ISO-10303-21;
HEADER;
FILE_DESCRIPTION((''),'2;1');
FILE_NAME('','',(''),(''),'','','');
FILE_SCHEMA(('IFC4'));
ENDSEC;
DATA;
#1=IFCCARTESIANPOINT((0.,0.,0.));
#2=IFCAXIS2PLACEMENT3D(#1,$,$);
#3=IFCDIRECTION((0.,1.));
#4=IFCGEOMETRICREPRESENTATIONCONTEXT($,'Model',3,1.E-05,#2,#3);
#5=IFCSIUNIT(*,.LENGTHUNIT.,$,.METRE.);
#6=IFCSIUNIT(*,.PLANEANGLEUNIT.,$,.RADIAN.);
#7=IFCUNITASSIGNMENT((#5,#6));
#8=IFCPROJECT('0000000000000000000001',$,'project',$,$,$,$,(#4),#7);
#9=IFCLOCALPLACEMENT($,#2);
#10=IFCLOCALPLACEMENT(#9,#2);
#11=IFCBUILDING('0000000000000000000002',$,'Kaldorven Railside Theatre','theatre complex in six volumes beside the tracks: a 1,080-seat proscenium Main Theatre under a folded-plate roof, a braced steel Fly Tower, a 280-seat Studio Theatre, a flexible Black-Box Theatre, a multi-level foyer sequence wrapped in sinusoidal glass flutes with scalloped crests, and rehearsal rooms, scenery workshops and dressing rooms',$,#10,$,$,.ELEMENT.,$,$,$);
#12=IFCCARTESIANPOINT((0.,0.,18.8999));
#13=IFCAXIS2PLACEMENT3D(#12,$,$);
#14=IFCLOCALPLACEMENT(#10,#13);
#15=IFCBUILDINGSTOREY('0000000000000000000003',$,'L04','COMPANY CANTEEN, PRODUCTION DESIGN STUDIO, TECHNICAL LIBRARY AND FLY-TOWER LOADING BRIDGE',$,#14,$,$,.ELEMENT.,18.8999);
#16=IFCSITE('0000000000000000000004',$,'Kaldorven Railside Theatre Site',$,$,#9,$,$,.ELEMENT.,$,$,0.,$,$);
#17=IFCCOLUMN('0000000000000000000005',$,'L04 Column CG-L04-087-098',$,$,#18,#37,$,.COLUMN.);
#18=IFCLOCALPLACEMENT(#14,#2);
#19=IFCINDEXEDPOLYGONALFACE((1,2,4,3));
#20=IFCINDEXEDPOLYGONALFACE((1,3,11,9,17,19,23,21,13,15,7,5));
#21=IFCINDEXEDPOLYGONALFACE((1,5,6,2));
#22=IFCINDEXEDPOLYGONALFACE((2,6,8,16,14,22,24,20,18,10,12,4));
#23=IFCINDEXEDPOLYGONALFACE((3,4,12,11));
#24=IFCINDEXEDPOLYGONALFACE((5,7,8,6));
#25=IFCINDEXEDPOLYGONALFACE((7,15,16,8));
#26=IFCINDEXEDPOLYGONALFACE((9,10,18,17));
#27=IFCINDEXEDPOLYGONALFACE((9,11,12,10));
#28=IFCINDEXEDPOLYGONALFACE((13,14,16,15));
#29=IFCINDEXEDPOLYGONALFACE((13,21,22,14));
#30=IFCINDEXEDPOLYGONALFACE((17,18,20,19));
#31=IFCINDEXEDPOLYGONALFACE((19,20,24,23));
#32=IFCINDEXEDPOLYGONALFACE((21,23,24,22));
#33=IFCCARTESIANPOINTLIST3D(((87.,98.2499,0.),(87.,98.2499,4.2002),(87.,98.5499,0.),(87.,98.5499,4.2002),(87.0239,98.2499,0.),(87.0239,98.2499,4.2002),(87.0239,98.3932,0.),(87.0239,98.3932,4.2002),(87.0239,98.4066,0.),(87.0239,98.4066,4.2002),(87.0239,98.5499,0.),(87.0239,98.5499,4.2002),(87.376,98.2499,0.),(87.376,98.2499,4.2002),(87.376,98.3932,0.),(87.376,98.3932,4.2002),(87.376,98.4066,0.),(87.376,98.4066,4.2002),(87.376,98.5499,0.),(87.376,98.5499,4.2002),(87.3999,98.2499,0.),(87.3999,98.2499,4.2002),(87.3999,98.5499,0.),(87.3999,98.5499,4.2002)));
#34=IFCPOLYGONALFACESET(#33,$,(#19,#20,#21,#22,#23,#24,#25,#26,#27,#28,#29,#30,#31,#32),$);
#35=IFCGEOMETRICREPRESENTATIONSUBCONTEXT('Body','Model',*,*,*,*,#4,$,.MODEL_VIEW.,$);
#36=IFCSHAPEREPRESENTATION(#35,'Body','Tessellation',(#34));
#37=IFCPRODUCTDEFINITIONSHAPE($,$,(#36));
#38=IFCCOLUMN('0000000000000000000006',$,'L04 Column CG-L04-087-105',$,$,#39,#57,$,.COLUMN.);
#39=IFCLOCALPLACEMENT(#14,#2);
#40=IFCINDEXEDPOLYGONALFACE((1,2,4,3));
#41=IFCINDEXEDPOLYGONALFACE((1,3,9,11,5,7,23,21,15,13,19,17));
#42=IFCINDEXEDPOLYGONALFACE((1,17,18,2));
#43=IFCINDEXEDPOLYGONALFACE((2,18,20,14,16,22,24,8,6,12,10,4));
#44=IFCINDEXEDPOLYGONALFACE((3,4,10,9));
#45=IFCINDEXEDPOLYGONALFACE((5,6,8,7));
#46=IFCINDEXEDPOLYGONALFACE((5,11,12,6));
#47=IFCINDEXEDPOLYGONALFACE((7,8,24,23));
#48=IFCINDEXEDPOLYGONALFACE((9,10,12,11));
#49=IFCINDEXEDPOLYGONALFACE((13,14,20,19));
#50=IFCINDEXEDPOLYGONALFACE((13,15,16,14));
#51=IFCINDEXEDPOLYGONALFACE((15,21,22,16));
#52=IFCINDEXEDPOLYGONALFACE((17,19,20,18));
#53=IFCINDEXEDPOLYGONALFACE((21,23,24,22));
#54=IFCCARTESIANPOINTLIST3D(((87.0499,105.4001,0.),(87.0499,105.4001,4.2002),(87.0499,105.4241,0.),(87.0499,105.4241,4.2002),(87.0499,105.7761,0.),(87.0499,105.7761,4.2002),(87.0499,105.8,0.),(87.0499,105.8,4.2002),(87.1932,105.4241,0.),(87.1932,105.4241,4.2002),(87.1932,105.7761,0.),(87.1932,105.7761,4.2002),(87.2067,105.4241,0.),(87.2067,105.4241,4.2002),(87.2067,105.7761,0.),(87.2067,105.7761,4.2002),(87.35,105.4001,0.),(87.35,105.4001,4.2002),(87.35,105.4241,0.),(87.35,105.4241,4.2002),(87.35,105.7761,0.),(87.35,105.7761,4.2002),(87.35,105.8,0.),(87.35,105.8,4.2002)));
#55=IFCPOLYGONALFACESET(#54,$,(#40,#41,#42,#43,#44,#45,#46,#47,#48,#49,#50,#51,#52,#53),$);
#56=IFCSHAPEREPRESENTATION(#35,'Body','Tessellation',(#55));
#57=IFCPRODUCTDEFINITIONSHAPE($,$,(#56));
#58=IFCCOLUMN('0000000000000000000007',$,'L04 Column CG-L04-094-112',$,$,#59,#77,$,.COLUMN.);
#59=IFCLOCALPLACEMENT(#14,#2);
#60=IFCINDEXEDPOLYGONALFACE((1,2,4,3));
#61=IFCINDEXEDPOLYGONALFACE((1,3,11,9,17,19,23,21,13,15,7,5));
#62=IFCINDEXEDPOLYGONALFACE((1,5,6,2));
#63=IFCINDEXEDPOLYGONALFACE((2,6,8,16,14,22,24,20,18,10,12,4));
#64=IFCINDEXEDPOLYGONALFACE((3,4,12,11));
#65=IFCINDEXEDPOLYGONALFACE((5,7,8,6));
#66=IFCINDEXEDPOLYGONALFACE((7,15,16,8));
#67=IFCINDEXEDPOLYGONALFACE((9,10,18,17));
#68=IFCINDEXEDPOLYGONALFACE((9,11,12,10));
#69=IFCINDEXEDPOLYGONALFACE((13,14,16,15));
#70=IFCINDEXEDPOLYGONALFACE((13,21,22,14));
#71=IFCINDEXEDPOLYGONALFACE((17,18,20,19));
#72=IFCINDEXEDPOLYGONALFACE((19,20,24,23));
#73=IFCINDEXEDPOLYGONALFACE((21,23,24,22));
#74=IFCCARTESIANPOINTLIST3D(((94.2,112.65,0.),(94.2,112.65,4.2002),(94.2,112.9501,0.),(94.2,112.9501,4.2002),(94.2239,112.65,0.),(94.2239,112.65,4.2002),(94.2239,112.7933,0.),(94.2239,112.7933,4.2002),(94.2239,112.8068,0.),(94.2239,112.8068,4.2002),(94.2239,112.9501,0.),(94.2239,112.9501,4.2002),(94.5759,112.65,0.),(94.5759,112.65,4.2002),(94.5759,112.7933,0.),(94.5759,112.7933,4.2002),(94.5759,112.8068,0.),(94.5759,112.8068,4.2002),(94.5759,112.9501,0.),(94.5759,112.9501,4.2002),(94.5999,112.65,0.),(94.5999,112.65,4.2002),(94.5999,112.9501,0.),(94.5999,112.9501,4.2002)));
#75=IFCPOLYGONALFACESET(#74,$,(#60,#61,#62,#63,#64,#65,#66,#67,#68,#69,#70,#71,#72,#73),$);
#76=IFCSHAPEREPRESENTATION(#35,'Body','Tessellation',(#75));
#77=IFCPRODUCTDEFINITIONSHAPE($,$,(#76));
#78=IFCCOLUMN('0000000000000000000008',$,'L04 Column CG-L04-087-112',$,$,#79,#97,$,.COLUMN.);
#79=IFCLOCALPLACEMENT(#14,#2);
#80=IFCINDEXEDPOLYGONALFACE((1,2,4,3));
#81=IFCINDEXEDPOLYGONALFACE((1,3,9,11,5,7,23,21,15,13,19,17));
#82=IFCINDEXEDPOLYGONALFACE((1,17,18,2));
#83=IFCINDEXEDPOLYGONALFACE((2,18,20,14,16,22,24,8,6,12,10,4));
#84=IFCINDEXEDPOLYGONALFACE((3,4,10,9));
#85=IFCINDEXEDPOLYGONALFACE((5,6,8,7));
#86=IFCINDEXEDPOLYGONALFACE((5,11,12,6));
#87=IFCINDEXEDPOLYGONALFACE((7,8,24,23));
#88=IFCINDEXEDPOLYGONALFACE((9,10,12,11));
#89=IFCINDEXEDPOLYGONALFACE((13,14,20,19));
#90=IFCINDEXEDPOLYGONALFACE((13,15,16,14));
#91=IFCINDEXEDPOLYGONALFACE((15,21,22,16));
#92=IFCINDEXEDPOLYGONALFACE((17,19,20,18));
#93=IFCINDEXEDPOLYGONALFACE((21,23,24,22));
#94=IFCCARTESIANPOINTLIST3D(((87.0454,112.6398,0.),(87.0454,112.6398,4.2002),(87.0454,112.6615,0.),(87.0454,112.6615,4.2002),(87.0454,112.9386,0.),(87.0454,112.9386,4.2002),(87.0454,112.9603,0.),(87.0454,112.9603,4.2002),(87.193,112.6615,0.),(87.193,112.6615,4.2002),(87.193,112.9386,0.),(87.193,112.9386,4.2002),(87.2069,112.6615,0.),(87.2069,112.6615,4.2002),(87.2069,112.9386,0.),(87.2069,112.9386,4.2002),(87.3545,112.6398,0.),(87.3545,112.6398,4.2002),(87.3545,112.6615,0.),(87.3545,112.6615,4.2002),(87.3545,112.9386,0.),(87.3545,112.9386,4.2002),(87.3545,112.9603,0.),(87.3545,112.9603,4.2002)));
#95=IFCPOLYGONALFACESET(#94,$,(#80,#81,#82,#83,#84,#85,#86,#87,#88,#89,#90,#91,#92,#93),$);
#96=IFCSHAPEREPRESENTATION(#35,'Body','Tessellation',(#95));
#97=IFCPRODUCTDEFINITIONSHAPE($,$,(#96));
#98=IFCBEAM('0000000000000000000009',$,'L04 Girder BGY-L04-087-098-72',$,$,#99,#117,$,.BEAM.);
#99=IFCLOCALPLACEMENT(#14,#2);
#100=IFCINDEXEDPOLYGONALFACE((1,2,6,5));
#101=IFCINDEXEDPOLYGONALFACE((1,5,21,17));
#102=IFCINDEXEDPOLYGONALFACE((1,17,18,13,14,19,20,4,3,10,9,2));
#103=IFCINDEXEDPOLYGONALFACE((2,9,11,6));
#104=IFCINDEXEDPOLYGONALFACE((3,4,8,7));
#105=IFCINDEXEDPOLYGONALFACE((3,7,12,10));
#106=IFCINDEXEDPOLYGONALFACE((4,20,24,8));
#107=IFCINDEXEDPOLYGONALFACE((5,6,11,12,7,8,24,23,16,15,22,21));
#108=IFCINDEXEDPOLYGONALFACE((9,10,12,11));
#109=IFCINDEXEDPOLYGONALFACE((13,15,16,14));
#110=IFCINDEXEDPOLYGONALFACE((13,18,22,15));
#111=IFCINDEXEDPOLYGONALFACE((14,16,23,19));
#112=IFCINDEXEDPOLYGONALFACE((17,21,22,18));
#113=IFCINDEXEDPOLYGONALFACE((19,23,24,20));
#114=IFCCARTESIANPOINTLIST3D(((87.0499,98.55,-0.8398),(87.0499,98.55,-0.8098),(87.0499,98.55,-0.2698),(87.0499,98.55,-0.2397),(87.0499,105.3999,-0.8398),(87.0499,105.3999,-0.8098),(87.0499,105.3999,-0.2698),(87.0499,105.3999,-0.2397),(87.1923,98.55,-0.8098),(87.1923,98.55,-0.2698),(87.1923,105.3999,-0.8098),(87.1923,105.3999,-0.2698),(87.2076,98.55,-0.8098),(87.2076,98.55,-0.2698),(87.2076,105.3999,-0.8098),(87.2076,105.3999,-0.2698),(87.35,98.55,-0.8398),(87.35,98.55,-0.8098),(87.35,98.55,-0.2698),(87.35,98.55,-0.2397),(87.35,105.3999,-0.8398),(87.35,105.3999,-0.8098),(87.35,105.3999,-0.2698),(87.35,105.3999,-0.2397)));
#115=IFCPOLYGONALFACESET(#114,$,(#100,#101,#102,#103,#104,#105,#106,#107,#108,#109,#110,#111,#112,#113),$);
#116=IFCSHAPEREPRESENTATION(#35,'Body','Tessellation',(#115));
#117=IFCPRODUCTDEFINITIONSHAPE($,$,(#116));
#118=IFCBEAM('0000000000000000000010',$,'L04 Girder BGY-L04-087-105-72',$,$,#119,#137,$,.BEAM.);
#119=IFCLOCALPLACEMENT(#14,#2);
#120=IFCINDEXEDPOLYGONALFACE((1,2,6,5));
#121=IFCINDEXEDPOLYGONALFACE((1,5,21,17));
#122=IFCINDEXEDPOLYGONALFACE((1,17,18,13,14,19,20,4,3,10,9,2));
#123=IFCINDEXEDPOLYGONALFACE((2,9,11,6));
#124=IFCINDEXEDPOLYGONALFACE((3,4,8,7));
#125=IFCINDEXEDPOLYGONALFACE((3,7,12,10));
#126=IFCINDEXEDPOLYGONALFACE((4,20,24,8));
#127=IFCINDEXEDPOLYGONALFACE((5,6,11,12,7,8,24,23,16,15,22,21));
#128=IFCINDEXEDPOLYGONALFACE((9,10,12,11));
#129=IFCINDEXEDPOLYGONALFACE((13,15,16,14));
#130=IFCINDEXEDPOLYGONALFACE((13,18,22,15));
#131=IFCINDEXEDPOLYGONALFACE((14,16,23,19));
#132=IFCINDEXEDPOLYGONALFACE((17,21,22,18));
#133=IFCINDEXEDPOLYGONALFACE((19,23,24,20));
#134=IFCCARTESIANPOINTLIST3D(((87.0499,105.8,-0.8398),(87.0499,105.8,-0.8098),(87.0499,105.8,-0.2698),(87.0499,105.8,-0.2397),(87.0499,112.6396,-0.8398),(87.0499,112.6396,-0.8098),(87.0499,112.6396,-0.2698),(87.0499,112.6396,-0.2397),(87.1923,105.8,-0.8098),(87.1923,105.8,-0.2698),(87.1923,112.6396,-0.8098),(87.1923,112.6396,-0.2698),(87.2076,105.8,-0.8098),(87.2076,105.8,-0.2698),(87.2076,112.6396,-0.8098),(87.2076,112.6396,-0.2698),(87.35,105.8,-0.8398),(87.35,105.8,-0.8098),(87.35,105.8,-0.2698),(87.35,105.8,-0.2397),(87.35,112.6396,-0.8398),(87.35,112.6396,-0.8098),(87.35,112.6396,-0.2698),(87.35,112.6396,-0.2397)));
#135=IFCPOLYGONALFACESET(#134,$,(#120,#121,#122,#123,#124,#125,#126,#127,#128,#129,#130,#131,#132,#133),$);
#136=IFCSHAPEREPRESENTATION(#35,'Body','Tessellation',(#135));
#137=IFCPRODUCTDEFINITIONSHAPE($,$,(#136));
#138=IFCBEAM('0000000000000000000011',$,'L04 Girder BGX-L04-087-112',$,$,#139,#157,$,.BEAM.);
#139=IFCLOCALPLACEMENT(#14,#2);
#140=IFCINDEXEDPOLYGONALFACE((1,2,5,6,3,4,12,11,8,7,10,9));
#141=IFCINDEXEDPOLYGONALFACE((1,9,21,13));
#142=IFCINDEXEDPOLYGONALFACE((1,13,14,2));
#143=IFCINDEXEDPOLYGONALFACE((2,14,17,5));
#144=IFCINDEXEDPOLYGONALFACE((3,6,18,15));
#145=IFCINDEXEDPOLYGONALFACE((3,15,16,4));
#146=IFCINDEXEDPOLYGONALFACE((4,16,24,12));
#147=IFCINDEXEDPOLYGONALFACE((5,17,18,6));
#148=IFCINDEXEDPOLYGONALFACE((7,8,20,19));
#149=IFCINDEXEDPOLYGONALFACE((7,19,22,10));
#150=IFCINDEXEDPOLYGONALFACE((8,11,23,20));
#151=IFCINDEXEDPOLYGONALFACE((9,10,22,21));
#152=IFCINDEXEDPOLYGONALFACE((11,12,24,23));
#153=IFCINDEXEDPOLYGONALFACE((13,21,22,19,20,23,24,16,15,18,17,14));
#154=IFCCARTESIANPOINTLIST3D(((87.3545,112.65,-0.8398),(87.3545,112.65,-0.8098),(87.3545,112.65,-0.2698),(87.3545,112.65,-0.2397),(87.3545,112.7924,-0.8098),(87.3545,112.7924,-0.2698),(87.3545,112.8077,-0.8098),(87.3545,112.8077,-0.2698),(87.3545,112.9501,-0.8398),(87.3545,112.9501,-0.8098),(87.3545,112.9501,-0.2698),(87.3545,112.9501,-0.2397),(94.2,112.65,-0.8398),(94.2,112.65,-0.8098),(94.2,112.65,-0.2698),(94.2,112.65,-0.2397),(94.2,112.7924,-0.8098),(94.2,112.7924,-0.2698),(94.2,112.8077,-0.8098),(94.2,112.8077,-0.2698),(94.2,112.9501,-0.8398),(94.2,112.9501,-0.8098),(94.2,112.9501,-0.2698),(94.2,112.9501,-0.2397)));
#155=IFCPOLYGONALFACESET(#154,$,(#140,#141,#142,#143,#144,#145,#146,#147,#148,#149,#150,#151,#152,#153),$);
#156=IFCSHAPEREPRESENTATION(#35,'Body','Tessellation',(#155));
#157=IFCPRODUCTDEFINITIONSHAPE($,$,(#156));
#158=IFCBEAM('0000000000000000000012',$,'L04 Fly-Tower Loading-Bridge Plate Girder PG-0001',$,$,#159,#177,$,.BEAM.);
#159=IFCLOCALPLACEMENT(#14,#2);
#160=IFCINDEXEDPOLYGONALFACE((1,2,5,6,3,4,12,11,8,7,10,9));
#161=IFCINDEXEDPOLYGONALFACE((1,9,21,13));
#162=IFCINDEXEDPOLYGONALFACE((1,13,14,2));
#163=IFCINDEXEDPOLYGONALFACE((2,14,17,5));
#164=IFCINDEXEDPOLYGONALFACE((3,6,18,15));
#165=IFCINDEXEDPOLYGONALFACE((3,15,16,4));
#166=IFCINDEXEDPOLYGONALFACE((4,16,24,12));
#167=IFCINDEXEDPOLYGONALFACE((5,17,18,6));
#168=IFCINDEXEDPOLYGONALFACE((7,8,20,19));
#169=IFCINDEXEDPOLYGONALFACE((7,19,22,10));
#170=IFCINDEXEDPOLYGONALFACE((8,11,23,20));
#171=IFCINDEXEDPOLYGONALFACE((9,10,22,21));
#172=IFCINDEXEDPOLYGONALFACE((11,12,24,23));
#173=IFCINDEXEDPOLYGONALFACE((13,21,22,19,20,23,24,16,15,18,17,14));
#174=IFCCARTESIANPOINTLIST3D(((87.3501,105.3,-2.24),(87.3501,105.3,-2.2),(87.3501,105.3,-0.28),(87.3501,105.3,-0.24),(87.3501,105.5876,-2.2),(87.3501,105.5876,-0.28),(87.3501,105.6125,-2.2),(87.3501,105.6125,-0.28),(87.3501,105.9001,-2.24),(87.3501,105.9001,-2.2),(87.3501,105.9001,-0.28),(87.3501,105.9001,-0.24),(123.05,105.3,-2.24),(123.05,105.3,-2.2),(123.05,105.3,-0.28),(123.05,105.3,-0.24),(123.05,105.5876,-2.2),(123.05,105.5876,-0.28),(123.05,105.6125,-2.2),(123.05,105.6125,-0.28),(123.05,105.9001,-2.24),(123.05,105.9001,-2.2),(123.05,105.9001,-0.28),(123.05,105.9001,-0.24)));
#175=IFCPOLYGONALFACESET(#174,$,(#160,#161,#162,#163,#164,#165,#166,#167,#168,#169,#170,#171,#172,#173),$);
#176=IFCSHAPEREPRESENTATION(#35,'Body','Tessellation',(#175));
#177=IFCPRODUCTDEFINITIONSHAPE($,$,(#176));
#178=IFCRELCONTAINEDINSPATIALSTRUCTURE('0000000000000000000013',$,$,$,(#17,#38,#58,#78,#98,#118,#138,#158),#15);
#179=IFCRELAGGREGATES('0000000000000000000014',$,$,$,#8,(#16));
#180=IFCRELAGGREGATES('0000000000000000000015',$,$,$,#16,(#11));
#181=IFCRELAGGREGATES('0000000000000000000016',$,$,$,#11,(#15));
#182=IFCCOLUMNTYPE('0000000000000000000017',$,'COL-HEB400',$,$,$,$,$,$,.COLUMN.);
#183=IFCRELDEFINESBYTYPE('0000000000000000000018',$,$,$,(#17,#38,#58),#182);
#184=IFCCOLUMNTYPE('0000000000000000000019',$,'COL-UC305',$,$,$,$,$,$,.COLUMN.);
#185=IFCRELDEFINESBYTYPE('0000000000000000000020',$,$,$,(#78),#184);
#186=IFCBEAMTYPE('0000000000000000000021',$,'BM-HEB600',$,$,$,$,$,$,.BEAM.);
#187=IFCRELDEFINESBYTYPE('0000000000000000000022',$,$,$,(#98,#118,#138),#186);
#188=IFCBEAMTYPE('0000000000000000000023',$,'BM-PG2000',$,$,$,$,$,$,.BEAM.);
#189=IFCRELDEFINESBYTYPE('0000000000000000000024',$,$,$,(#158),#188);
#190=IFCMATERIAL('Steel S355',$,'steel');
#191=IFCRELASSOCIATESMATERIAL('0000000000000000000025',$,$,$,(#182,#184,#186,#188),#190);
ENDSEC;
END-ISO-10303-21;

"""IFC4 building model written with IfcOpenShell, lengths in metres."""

from ifc_helpers import new_model, si_unit, direction, frame, origin, origin_2d, place, context, subcontext, project, spatial, i_section, extrude, material, material_profile, profile_set, type_object, element, save


model = new_model("IFC4")

# Units and contexts
model_context = context("Model", 3, precision=1e-05, world=origin(), true_north=direction((0.0, 1.0)))
body_context = subcontext(model_context, "Body", "Model", "MODEL_VIEW")
ifc_project = project(units=[si_unit("LENGTHUNIT", "METRE"), si_unit("PLANEANGLEUNIT", "RADIAN")], contexts=[model_context])

# Site, building, storey
site_placement = place(None, origin())
site = spatial("IfcSite", under=ifc_project, at=site_placement, Name="Kaldorven Railside Theatre Site", CompositionType="ELEMENT", RefElevation=0.0)
building_placement = place(site_placement, origin())
building = spatial("IfcBuilding", under=site, at=building_placement, Name="Kaldorven Railside Theatre", Description="theatre complex in six volumes beside the tracks: a 1,080-seat proscenium Main Theatre under a folded-plate roof, a braced steel Fly Tower, a 280-seat Studio Theatre, a flexible Black-Box Theatre, a multi-level foyer sequence wrapped in sinusoidal glass flutes with scalloped crests, and rehearsal rooms, scenery workshops and dressing rooms", CompositionType="ELEMENT")
storey_placement = place(building_placement, frame((0.0, 0.0, 18.8999)))
storey = spatial("IfcBuildingStorey", under=building, at=storey_placement, Name="L04", Description="COMPANY CANTEEN, PRODUCTION DESIGN STUDIO, TECHNICAL LIBRARY AND FLY-TOWER LOADING BRIDGE", CompositionType="ELEMENT", Elevation=18.8999)

# Columns
ifc_material_1 = material(Name="Steel S355", Category="steel")
ifc_material_profile_1 = material_profile(ifc_material_1, i_section(OverallWidth=0.3, OverallDepth=0.3999, WebThickness=0.0134, FlangeThickness=0.0239, at=origin_2d()), Name="HEB 400")
ifc_profile_set_1 = profile_set([ifc_material_profile_1], Name="Steel S355")
column_type_1 = type_object("IfcColumnType", Name="COL-HEB400", PredefinedType="COLUMN", material=ifc_profile_set_1)
for number, where, z_axis, x_axis, name in (
    (1, (87.2, 98.3999, 0.0), (0.0, 0.0, 1.0), (0.0, 1.0, 0.0), "L04 Column CG-L04-087-098"),
    (2, (87.2, 105.6001, 0.0), (0.0, 0.0, 1.0), (1.0, 0.0, 0.0), "L04 Column CG-L04-087-105"),
    (3, (94.3999, 112.8, 0.0), (0.0, 0.0, 1.0), (0.0, 1.0, 0.0), "L04 Column CG-L04-094-112"),
):
    element("IfcColumn", number, at=place(storey_placement, frame(where, z_axis=z_axis, x_axis=x_axis)), inside=storey, type_object=column_type_1, Name=name, PredefinedType="COLUMN", context=body_context, shape_type="SweptSolid", body=[
        extrude(i_section(OverallWidth=0.3, OverallDepth=0.3999, WebThickness=0.0134, FlangeThickness=0.0239, at=origin_2d()), origin(), (0.0, 0.0, 1.0), 4.2002),
    ])
ifc_material_profile_2 = material_profile(ifc_material_1, i_section(OverallWidth=0.3091, OverallDepth=0.3206, WebThickness=0.0139, FlangeThickness=0.0217, at=origin_2d()), Name="UC 305x305x137")
ifc_profile_set_2 = profile_set([ifc_material_profile_2], Name="Steel S355")
column_type_2 = type_object("IfcColumnType", Name="COL-UC305", PredefinedType="COLUMN", material=ifc_profile_set_2)
column_placement = place(storey_placement, frame((87.2, 112.8, 0.0), z_axis=(0.0, 0.0, 1.0), x_axis=(1.0, 0.0, 0.0)))
element("IfcColumn", 4, at=column_placement, inside=storey, type_object=column_type_2, Name="L04 Column CG-L04-087-112", PredefinedType="COLUMN", context=body_context, shape_type="SweptSolid", body=[
    extrude(i_section(OverallWidth=0.3091, OverallDepth=0.3206, WebThickness=0.0139, FlangeThickness=0.0217, at=origin_2d()), origin(), (0.0, 0.0, 1.0), 4.2002),
])

# Beams
ifc_material_profile_3 = material_profile(ifc_material_1, i_section(OverallWidth=0.3, OverallDepth=0.6001, WebThickness=0.0154, FlangeThickness=0.03, at=origin_2d()), Name="HEB 600")
ifc_profile_set_3 = profile_set([ifc_material_profile_3], Name="Steel S355")
beam_type_1 = type_object("IfcBeamType", Name="BM-HEB600", PredefinedType="BEAM", material=ifc_profile_set_3)
beam_1_placement = place(storey_placement, frame((87.2, 98.55, -0.5398), z_axis=(0.0, 1.0, 0.0), x_axis=(-1.0, 0.0, 0.0)))
element("IfcBeam", 5, at=beam_1_placement, inside=storey, type_object=beam_type_1, Name="L04 Girder BGY-L04-087-098-72", PredefinedType="BEAM", context=body_context, shape_type="SweptSolid", body=[
    extrude(i_section(OverallWidth=0.3, OverallDepth=0.6001, WebThickness=0.0154, FlangeThickness=0.03, at=origin_2d()), origin(), (0.0, 0.0, 1.0), 6.8499),
])
beam_2_placement = place(storey_placement, frame((87.2, 105.8, -0.5398), z_axis=(0.0, 1.0, 0.0), x_axis=(-1.0, 0.0, 0.0)))
element("IfcBeam", 6, at=beam_2_placement, inside=storey, type_object=beam_type_1, Name="L04 Girder BGY-L04-087-105-72", PredefinedType="BEAM", context=body_context, shape_type="SweptSolid", body=[
    extrude(i_section(OverallWidth=0.3, OverallDepth=0.6001, WebThickness=0.0154, FlangeThickness=0.03, at=origin_2d()), origin(), (0.0, 0.0, 1.0), 6.8396),
])
beam_3_placement = place(storey_placement, frame((87.3545, 112.8, -0.5398), z_axis=(1.0, 0.0, 0.0), x_axis=(0.0, 1.0, 0.0)))
element("IfcBeam", 7, at=beam_3_placement, inside=storey, type_object=beam_type_1, Name="L04 Girder BGX-L04-087-112", PredefinedType="BEAM", context=body_context, shape_type="SweptSolid", body=[
    extrude(i_section(OverallWidth=0.3, OverallDepth=0.6001, WebThickness=0.0154, FlangeThickness=0.03, at=origin_2d()), origin(), (0.0, 0.0, 1.0), 6.8455),
])
ifc_material_profile_4 = material_profile(ifc_material_1, i_section(OverallWidth=0.6001, OverallDepth=2.0, WebThickness=0.0249, FlangeThickness=0.04, at=origin_2d()), Name="PG 2000x600x40x25")
ifc_profile_set_4 = profile_set([ifc_material_profile_4], Name="Steel S355")
beam_type_2 = type_object("IfcBeamType", Name="BM-PG2000", PredefinedType="BEAM", material=ifc_profile_set_4)
beam_4_placement = place(storey_placement, frame((87.3501, 105.6001, -1.24), z_axis=(1.0, 0.0, 0.0), x_axis=(0.0, 1.0, 0.0)))
element("IfcBeam", 8, at=beam_4_placement, inside=storey, type_object=beam_type_2, Name="L04 Fly-Tower Loading-Bridge Plate Girder PG-0001", PredefinedType="BEAM", context=body_context, shape_type="SweptSolid", body=[
    extrude(i_section(OverallWidth=0.6001, OverallDepth=2.0, WebThickness=0.0249, FlangeThickness=0.04, at=origin_2d()), origin(), (0.0, 0.0, 1.0), 35.7),
])

save(model, "model.ifc")
